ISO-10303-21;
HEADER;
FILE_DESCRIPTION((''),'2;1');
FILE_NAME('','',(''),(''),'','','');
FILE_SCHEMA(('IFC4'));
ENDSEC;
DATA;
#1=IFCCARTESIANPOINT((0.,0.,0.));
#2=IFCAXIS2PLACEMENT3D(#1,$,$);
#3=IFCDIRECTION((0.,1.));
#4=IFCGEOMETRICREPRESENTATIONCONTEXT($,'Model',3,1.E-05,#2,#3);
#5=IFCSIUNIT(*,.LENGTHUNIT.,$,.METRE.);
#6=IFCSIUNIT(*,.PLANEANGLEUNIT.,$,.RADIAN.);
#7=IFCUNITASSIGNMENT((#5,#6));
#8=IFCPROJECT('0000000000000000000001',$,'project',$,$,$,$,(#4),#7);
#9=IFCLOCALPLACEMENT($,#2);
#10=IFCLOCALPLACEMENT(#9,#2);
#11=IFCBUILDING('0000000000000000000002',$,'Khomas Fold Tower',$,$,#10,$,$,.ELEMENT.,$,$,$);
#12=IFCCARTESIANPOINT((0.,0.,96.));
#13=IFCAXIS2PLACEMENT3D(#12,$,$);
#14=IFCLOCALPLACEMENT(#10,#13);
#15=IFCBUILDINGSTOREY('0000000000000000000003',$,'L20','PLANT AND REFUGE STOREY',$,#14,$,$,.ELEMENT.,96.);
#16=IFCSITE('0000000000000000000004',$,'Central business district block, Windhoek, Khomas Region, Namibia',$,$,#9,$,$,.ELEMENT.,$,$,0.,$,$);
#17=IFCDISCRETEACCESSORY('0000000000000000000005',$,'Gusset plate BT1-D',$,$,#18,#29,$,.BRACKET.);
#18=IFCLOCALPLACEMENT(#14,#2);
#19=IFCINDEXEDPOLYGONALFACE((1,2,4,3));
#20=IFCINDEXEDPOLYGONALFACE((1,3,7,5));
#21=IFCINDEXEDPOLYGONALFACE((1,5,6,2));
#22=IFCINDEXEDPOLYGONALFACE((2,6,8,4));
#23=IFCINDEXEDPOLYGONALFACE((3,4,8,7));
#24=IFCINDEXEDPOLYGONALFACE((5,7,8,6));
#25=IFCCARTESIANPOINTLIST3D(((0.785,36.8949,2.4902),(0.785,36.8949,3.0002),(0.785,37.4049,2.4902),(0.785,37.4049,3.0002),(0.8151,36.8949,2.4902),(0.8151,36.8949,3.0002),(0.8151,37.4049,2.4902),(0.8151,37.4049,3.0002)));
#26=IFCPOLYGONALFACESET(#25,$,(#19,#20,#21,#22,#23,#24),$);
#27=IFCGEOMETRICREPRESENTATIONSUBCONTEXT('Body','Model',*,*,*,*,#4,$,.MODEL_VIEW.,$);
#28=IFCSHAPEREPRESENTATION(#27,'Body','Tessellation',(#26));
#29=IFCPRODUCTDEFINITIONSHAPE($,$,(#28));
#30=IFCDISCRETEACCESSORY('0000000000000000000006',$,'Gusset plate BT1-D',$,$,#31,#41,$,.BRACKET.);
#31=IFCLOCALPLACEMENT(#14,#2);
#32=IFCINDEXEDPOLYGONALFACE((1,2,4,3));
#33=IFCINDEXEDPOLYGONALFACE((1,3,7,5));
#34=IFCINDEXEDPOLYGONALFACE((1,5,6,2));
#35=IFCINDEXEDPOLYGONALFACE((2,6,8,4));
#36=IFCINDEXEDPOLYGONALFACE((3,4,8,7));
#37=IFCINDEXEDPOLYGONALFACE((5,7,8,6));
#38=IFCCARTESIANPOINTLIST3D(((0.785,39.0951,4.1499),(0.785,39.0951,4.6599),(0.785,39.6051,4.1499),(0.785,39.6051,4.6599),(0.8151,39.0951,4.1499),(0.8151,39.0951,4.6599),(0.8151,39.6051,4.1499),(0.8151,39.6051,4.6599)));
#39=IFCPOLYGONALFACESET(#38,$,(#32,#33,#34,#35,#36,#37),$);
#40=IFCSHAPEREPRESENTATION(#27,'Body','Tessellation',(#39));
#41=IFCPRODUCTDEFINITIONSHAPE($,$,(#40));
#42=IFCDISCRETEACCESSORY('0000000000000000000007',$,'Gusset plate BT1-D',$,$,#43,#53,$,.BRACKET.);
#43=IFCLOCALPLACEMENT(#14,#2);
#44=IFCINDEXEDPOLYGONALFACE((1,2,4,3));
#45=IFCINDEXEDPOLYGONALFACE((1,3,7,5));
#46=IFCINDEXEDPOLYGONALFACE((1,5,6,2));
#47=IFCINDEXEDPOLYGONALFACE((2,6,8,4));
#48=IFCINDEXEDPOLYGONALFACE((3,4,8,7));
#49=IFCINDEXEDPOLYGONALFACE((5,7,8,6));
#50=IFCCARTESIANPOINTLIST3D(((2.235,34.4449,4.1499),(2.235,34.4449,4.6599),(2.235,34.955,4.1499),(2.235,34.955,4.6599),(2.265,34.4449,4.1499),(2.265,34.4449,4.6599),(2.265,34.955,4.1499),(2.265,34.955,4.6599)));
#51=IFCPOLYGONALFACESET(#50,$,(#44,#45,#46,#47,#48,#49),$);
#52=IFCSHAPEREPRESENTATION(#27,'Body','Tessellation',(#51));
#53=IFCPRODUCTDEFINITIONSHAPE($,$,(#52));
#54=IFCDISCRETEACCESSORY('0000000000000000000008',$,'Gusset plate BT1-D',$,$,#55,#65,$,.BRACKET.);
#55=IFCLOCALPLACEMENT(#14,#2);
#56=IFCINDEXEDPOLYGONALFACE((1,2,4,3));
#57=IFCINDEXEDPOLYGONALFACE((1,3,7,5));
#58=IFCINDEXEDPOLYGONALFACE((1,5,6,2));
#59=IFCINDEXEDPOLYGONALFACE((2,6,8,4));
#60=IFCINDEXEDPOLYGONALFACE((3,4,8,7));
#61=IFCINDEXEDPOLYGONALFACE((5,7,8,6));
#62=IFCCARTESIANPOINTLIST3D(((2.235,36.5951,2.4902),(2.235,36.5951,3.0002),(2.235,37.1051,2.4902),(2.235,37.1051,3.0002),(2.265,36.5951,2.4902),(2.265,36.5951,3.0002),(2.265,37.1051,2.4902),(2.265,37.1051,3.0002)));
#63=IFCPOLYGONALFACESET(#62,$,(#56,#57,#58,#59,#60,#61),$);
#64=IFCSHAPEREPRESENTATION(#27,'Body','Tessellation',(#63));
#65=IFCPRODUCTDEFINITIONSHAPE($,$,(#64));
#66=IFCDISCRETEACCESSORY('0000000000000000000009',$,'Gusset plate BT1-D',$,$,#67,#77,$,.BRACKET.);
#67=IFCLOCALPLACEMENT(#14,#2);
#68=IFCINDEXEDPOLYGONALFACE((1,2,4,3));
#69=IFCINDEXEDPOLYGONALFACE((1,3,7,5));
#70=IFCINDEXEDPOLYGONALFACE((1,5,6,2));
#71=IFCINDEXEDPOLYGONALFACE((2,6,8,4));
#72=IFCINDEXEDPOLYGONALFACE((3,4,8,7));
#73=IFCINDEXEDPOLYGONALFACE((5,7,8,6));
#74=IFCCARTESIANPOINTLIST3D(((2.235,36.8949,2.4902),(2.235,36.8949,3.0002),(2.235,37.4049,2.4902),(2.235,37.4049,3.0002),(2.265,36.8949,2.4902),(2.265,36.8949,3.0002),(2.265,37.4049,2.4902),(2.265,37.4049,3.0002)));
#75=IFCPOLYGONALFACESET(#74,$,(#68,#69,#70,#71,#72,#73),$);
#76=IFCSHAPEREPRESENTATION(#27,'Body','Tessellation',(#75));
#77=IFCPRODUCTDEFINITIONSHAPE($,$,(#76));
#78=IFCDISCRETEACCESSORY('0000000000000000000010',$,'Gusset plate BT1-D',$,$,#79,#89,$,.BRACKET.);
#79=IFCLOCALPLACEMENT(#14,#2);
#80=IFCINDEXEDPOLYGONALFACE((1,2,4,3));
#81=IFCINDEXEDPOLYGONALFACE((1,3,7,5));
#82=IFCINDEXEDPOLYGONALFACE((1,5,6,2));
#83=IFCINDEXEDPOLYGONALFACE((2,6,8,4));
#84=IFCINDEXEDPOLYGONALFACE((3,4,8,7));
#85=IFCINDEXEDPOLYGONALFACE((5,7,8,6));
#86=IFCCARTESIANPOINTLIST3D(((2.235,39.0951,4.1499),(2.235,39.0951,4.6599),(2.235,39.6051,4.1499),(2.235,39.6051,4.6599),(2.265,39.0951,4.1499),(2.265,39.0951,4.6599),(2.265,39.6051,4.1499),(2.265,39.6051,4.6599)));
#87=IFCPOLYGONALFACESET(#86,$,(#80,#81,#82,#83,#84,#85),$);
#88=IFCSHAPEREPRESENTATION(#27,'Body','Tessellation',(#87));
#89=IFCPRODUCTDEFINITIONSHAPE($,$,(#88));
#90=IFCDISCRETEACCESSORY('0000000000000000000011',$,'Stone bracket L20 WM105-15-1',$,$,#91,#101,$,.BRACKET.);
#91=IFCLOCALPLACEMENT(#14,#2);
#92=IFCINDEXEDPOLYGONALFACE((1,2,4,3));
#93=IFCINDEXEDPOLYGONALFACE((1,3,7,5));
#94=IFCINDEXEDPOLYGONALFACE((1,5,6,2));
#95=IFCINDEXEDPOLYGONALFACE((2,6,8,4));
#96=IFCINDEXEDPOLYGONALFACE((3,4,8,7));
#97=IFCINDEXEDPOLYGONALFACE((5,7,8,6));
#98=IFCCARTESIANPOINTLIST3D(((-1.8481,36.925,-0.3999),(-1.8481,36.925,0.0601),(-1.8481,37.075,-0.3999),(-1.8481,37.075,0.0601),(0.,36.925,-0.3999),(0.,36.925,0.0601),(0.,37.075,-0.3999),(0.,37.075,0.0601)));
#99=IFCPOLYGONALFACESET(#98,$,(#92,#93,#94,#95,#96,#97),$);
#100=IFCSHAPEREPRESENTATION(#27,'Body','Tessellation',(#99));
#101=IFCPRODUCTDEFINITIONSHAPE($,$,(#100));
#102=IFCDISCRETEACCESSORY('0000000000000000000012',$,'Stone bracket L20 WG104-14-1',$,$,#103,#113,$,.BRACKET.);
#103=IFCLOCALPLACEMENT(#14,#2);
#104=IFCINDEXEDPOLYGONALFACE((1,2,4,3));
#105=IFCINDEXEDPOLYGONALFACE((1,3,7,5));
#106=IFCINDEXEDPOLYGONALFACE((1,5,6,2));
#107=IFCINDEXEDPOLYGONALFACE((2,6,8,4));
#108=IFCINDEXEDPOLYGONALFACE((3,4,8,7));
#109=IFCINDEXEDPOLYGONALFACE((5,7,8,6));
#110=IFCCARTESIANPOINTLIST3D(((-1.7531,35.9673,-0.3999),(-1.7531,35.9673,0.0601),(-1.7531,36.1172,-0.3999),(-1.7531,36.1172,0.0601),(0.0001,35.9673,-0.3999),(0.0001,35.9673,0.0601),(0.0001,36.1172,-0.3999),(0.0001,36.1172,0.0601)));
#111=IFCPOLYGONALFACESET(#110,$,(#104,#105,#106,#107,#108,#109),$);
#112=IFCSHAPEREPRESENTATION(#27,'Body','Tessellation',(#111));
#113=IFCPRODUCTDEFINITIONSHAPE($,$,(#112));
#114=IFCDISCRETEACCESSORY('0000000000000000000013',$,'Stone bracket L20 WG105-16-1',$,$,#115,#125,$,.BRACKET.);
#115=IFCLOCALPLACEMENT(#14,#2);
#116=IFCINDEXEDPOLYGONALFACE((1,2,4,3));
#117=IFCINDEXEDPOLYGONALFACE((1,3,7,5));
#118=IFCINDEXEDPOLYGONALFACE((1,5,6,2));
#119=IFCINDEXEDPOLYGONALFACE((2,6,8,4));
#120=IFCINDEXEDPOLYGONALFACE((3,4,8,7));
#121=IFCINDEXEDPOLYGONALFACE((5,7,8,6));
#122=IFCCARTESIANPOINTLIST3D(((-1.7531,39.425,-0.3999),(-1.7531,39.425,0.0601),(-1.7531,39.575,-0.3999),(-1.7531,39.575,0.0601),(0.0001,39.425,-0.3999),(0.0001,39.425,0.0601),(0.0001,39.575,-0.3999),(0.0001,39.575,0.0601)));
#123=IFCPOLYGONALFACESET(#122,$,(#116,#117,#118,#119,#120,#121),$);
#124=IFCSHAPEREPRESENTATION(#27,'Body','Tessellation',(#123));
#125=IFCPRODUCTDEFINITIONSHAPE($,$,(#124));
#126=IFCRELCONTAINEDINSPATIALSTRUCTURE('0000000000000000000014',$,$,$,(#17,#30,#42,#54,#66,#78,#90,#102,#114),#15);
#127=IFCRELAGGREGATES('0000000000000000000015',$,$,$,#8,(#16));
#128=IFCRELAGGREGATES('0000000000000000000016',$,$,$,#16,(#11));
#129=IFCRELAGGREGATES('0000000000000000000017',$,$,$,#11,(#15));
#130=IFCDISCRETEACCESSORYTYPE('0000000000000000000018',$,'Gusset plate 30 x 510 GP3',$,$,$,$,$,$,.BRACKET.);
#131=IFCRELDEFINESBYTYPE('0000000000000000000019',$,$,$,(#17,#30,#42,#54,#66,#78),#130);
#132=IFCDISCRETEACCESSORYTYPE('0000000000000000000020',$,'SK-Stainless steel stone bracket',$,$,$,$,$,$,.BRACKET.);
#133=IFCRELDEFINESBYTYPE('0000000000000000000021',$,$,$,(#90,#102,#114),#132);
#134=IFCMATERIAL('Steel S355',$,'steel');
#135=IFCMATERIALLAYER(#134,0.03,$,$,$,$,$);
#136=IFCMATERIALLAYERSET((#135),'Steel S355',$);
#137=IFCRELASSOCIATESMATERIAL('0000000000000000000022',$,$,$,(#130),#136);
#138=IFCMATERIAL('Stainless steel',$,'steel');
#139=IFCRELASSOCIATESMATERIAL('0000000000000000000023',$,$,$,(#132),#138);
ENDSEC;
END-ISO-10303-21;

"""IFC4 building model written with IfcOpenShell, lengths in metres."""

from ifc_helpers import new_model, si_unit, direction, frame, origin, origin_2d, place, context, subcontext, project, spatial, rectangle, extrude, source, transform, mapped, material, layer, layer_set, type_object, element, save


model = new_model("IFC4")

# Units and contexts
model_context = context("Model", 3, precision=1e-05, world=origin(), true_north=direction((0.0, 1.0)))
body_context = subcontext(model_context, "Body", "Model", "MODEL_VIEW")
ifc_project = project(units=[si_unit("LENGTHUNIT", "METRE"), si_unit("PLANEANGLEUNIT", "RADIAN")], contexts=[model_context])

# Site, building, storey
site_placement = place(None, origin())
site = spatial("IfcSite", under=ifc_project, at=site_placement, Name="Central business district block, Windhoek, Khomas Region, Namibia", CompositionType="ELEMENT", RefElevation=0.0)
building_placement = place(site_placement, origin())
building = spatial("IfcBuilding", under=site, at=building_placement, Name="Khomas Fold Tower", CompositionType="ELEMENT")
storey_placement = place(building_placement, frame((0.0, 0.0, 96.0)))
storey = spatial("IfcBuildingStorey", under=building, at=storey_placement, Name="L20", Description="PLANT AND REFUGE STOREY", CompositionType="ELEMENT", Elevation=96.0)

# Discrete accessories
ifc_material_1 = material(Name="Steel S355", Category="steel")
ifc_layer_1 = layer(ifc_material_1, 0.03)
ifc_layer_set_1 = layer_set([ifc_layer_1], Name="Steel S355")
discrete_accessory_type_1 = type_object("IfcDiscreteAccessoryType", Name="Gusset plate 30 x 510 GP3", PredefinedType="BRACKET", material=ifc_layer_set_1)
shared_shape_1 = source(origin(), body_context, "Body", "SweptSolid", [
    extrude(rectangle(XDim=0.51, YDim=0.03, at=origin_2d()), origin(), (0.0, 0.0, 1.0), 0.51),
])
for number, where, z_axis, x_axis, name in (
    (1, (0.8, 37.1499, 2.4902), (0.0, 0.0, 1.0), (0.0, 1.0, 0.0), "Gusset plate BT1-D"),
    (2, (0.8, 39.3501, 4.1499), (0.0, 0.0, 1.0), (0.0, 1.0, 0.0), "Gusset plate BT1-D"),
    (3, (2.25, 34.7, 4.1499), (0.0, 0.0, 1.0), (0.0, 1.0, 0.0), "Gusset plate BT1-D"),
    (4, (2.25, 36.8501, 2.4902), (0.0, 0.0, 1.0), (0.0, 1.0, 0.0), "Gusset plate BT1-D"),
    (5, (2.25, 37.1499, 2.4902), (0.0, 0.0, 1.0), (0.0, 1.0, 0.0), "Gusset plate BT1-D"),
    (6, (2.25, 39.3501, 4.1499), (0.0, 0.0, 1.0), (0.0, 1.0, 0.0), "Gusset plate BT1-D"),
):
    element("IfcDiscreteAccessory", number, at=place(storey_placement, frame(where, z_axis=z_axis, x_axis=x_axis)), inside=storey, type_object=discrete_accessory_type_1, Name=name, PredefinedType="BRACKET", context=body_context, shape_type="MappedRepresentation", body=[
        mapped(shared_shape_1, transform((0.0, 0.0, 0.0))),
    ])
ifc_material_2 = material(Name="Stainless steel", Category="steel")
discrete_accessory_type_2 = type_object("IfcDiscreteAccessoryType", Name="SK-Stainless steel stone bracket", PredefinedType="BRACKET", material=ifc_material_2)
shared_shape_2 = source(origin(), body_context, "Body", "SweptSolid", [
    extrude(rectangle(XDim=1.8481, YDim=0.1499, at=origin_2d()), origin(), (0.0, 0.0, 1.0), 0.46),
])
discrete_accessory_placement = place(storey_placement, frame((-0.9241, 37.0, -0.3999), z_axis=(0.0, 0.0, 1.0), x_axis=(-1.0, 0.0, 0.0)))
element("IfcDiscreteAccessory", 7, at=discrete_accessory_placement, inside=storey, type_object=discrete_accessory_type_2, Name="Stone bracket L20 WM105-15-1", PredefinedType="BRACKET", context=body_context, shape_type="MappedRepresentation", body=[
    mapped(shared_shape_2, transform((0.0, 0.0, 0.0))),
])
shared_shape_3 = source(origin(), body_context, "Body", "SweptSolid", [
    extrude(rectangle(XDim=1.7532, YDim=0.1499, at=origin_2d()), origin(), (0.0, 0.0, 1.0), 0.46),
])
for number, where, z_axis, x_axis, name in (
    (8, (-0.8765, 36.0422, -0.3999), (0.0, 0.0, 1.0), (-1.0, 0.0, 0.0), "Stone bracket L20 WG104-14-1"),
    (9, (-0.8765, 39.5, -0.3999), (0.0, 0.0, 1.0), (-1.0, 0.0, 0.0), "Stone bracket L20 WG105-16-1"),
):
    element("IfcDiscreteAccessory", number, at=place(storey_placement, frame(where, z_axis=z_axis, x_axis=x_axis)), inside=storey, type_object=discrete_accessory_type_2, Name=name, PredefinedType="BRACKET", context=body_context, shape_type="MappedRepresentation", body=[
        mapped(shared_shape_3, transform((0.0, 0.0, 0.0))),
    ])

save(model, "model.ifc")
